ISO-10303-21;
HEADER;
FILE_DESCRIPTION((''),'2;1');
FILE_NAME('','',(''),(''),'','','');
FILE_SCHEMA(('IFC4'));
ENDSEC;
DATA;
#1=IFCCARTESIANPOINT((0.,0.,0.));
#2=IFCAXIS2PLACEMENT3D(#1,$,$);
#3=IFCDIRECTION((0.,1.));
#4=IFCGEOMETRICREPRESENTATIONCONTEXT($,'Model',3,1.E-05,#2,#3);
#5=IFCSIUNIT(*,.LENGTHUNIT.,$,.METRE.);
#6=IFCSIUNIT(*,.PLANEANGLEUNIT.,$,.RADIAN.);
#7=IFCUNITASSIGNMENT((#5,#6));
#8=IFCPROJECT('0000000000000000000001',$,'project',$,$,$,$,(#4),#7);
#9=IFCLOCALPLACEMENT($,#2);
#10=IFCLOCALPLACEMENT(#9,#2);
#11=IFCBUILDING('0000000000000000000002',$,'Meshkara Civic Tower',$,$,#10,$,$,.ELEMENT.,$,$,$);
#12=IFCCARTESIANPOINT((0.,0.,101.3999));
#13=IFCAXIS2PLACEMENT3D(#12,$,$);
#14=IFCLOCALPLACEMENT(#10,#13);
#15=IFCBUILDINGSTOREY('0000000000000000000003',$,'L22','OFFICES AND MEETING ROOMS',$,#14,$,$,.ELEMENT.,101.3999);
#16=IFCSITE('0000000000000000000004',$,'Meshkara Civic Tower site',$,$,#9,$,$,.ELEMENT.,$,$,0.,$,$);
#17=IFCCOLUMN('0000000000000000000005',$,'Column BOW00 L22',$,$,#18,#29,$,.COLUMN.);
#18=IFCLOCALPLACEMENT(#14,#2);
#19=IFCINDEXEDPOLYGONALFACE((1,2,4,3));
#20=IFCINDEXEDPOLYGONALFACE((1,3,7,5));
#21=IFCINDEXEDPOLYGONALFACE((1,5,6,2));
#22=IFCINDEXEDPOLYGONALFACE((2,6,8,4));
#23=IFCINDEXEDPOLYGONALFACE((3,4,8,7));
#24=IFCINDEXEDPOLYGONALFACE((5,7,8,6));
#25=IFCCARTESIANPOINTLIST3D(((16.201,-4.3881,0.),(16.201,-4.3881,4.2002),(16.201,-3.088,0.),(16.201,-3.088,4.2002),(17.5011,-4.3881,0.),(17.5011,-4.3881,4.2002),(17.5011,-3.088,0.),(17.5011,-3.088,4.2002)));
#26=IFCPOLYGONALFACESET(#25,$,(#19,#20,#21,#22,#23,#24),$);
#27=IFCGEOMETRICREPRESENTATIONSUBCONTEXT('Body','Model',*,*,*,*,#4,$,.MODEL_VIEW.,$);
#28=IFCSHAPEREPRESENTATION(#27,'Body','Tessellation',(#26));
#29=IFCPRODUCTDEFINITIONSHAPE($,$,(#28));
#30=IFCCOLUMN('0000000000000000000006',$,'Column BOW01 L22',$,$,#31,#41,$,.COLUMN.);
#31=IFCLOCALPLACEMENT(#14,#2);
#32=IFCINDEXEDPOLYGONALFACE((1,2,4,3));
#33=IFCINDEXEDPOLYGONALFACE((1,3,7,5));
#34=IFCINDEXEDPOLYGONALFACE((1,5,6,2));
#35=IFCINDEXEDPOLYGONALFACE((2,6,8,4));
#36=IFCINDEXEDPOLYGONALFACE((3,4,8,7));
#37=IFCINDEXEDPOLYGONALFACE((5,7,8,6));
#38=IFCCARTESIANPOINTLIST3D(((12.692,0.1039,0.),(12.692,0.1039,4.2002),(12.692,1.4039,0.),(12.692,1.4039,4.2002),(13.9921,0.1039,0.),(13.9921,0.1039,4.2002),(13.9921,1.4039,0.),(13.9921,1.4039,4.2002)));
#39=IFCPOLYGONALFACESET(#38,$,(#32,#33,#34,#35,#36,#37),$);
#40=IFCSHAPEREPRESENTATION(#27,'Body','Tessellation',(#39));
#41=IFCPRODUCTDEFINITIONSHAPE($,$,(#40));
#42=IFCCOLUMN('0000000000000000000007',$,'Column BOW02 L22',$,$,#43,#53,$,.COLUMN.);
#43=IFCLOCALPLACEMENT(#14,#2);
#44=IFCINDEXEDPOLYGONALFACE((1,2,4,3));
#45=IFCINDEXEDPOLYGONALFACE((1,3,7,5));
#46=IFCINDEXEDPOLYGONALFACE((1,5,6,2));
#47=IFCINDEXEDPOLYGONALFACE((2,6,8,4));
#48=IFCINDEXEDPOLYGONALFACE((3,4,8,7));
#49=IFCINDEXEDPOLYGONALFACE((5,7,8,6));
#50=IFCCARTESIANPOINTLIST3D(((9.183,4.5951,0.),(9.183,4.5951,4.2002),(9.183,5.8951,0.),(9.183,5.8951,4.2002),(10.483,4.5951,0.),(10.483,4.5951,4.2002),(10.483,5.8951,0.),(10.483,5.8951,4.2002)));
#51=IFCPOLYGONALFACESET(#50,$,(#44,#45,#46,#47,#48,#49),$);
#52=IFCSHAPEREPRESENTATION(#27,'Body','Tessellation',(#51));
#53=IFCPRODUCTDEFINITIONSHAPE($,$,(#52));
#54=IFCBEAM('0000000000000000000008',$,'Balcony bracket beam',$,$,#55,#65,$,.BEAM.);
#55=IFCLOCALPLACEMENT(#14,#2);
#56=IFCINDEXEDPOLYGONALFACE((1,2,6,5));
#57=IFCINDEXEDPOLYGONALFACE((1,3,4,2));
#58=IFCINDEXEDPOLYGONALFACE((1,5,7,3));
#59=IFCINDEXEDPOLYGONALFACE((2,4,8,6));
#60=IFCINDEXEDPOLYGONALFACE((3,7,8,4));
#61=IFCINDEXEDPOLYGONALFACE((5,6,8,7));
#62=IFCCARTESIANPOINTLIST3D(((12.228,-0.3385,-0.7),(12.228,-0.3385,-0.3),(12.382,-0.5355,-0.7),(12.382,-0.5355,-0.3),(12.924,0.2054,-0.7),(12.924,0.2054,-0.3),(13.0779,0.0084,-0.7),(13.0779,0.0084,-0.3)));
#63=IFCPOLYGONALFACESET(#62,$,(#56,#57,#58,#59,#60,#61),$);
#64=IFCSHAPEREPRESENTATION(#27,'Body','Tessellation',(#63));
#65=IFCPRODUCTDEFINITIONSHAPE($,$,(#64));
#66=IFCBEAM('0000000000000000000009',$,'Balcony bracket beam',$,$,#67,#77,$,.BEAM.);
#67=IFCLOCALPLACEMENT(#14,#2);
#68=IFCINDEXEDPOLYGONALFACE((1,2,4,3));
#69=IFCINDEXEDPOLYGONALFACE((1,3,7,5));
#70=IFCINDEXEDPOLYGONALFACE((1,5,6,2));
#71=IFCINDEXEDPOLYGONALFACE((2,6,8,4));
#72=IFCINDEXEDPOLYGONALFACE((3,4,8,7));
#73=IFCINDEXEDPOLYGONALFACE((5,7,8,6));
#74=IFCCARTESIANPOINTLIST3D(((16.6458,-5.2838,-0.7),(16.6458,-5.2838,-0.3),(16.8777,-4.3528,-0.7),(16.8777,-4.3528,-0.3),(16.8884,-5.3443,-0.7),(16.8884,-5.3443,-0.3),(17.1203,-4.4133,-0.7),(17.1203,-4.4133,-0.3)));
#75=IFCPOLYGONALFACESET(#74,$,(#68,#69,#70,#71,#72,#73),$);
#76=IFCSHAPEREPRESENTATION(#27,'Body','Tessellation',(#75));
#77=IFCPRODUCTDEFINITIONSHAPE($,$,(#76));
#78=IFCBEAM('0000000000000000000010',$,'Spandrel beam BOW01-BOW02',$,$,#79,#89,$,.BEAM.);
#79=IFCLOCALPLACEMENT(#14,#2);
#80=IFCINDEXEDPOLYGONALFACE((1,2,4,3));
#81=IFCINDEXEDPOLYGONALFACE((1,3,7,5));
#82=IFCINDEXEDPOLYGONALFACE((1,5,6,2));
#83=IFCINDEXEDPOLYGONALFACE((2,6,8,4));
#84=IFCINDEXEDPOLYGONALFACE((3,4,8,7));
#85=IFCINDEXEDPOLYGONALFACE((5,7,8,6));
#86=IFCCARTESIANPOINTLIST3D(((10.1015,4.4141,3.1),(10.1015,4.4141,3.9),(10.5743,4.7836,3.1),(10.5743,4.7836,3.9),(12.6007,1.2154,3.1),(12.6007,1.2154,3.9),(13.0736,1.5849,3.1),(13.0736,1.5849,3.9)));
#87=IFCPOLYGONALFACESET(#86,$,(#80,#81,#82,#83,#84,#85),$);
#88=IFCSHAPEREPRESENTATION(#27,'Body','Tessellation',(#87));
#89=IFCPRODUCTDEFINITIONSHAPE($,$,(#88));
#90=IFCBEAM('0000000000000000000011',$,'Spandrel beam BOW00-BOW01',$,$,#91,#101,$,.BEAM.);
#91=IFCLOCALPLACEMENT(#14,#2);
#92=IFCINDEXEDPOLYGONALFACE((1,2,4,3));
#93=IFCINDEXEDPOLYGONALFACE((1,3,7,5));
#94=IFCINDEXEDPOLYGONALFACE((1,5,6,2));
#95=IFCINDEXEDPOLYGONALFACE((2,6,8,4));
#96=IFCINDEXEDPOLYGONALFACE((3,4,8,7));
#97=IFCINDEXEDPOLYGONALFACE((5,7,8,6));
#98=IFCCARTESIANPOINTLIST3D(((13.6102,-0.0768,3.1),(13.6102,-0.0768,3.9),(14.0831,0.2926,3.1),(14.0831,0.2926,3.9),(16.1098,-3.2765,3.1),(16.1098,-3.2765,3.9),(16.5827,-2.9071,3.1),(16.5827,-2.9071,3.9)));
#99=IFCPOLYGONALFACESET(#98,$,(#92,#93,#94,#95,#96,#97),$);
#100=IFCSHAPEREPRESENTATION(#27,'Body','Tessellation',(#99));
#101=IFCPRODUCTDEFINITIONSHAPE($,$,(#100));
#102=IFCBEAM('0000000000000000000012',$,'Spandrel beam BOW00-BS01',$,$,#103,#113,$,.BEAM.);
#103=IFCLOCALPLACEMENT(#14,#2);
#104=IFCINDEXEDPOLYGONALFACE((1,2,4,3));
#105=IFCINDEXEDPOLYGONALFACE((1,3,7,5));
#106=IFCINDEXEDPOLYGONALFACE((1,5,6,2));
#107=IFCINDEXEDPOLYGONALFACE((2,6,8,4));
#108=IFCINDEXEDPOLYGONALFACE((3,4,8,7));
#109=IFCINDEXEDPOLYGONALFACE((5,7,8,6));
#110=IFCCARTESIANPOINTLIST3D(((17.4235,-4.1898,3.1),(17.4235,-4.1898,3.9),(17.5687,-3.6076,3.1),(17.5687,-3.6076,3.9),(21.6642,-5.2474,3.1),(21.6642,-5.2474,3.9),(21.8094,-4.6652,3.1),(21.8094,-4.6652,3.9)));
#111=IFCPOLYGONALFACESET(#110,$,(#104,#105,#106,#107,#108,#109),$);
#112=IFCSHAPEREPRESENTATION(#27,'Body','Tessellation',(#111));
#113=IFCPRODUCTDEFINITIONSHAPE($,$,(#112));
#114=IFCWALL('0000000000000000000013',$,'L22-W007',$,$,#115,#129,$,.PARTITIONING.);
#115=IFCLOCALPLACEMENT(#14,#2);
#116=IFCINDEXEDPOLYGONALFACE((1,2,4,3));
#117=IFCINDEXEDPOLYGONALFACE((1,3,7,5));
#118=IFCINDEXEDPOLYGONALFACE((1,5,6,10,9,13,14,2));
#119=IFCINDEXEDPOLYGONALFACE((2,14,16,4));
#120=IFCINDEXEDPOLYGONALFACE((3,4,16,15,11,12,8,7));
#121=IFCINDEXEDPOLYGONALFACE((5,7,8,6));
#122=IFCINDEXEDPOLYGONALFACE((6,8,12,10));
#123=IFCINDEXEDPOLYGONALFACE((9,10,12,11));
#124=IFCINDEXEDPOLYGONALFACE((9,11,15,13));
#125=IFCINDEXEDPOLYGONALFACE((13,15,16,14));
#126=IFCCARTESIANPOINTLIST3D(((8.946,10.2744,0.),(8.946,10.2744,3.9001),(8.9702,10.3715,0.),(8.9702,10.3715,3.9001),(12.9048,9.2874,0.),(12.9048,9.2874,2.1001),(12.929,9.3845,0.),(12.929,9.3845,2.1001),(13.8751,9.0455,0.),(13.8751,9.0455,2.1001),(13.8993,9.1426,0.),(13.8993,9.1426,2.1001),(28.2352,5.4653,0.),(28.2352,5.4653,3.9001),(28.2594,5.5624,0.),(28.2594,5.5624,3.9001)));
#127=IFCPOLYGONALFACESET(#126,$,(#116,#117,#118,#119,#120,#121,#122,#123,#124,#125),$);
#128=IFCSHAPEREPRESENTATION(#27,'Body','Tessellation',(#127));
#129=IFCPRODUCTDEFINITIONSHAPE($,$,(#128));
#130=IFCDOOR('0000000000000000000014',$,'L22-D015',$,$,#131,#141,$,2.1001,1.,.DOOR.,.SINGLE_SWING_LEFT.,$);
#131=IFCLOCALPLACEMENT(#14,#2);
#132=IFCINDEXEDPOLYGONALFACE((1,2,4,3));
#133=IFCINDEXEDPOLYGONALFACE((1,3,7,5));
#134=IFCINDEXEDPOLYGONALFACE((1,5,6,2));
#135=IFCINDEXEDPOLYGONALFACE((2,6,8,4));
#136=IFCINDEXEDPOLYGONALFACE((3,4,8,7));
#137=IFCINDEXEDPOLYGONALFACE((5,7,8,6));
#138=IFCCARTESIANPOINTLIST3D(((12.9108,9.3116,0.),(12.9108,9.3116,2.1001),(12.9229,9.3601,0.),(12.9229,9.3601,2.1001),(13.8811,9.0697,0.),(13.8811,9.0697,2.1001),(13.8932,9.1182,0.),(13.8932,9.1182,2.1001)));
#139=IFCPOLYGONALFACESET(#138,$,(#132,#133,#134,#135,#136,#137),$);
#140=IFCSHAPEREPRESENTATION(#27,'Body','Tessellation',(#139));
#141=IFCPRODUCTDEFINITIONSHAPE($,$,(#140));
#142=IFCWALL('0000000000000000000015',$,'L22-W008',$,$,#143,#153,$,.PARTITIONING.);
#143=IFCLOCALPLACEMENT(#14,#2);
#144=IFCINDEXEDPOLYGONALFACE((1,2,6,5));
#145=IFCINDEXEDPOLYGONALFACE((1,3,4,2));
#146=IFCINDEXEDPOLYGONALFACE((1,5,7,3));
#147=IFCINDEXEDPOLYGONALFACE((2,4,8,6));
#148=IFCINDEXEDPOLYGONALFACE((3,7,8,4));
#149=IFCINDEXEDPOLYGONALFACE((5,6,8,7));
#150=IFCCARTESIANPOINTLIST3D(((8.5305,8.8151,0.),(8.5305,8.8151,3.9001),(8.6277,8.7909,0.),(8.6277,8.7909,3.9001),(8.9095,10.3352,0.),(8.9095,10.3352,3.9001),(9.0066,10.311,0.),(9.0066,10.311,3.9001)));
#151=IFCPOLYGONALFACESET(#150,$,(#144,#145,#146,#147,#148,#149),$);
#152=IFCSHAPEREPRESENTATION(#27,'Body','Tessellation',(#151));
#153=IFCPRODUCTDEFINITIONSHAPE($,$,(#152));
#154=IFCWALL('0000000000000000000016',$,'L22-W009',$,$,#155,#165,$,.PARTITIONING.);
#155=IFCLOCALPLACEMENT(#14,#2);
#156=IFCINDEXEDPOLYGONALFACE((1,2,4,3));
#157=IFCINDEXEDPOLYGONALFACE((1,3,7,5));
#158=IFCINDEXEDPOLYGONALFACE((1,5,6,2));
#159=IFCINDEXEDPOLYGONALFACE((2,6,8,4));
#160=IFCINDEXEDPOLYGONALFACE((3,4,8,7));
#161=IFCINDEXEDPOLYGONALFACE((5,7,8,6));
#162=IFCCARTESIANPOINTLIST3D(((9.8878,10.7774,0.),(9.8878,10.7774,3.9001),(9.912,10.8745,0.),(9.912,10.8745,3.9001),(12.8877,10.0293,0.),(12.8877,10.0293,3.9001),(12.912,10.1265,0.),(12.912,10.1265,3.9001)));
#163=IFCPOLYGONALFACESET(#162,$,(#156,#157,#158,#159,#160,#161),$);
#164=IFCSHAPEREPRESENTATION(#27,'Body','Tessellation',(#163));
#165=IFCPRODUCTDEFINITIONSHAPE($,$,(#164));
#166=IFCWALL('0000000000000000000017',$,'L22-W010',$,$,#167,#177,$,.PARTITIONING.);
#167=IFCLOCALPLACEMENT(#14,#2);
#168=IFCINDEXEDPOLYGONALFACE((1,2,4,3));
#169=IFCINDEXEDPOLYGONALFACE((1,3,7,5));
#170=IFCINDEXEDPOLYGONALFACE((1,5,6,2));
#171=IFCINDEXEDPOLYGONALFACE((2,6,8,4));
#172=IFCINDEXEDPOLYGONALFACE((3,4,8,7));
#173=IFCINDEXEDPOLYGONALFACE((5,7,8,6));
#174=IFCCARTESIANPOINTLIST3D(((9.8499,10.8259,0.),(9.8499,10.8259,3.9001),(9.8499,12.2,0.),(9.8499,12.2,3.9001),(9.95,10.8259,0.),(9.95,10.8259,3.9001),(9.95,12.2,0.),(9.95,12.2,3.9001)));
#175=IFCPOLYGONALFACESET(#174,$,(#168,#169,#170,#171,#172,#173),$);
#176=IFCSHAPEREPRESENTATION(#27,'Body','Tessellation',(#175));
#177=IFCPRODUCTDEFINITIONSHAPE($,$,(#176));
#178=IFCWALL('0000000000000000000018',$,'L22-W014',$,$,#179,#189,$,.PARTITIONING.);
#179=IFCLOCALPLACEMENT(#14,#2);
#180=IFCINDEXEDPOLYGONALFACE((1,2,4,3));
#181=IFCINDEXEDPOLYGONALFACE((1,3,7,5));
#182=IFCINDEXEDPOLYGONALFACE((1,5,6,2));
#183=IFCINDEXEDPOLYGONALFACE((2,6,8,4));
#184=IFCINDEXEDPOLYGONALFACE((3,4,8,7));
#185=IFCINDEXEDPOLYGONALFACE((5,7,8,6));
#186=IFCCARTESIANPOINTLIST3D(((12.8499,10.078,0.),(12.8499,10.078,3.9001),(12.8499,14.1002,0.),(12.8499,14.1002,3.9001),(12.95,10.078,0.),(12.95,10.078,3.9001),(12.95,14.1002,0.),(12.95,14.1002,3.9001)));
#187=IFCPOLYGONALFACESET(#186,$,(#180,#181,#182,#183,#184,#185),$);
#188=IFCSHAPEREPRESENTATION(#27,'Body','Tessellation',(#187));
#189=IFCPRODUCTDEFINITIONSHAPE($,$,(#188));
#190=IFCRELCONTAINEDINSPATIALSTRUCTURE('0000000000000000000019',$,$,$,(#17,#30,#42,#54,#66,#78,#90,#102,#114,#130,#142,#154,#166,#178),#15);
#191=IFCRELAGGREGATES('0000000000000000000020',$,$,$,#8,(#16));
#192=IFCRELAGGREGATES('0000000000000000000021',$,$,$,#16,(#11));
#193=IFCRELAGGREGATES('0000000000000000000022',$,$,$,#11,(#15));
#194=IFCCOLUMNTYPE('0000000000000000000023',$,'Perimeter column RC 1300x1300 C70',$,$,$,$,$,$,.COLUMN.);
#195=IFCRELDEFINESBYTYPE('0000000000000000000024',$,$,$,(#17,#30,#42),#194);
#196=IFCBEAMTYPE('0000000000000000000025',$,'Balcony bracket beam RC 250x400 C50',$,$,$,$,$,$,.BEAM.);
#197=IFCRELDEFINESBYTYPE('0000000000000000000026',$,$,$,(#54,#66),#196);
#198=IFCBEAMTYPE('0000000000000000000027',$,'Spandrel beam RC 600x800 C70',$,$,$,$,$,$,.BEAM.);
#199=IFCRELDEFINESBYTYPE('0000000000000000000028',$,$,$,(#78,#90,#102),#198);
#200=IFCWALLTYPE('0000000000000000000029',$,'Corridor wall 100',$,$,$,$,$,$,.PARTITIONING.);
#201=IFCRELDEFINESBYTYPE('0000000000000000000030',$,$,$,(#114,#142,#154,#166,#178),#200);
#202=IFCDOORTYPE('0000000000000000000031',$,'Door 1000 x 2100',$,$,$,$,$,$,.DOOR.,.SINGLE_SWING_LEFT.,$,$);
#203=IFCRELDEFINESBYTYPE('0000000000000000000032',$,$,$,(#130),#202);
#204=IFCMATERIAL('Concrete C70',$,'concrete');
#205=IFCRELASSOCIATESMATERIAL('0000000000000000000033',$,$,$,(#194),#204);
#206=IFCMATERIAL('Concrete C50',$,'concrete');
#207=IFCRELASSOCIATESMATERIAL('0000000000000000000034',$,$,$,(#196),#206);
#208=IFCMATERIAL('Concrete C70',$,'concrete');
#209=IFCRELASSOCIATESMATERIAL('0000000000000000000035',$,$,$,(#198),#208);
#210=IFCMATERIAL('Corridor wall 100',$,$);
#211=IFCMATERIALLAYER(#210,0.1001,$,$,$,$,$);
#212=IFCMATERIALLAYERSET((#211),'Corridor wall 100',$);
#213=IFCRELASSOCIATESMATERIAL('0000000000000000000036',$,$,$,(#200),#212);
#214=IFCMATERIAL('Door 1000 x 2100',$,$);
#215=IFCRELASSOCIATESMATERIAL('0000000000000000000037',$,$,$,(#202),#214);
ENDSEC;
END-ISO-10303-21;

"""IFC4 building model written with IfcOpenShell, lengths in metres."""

from ifc_helpers import new_model, si_unit, direction, frame, frame_2d, origin, origin_2d, place, context, subcontext, project, spatial, rectangle, extrude, material, layer, layer_set, material_profile, profile_set, type_object, element, fill, save


model = new_model("IFC4")

# Units and contexts
model_context = context("Model", 3, precision=1e-05, world=origin(), true_north=direction((0.0, 1.0)))
body_context = subcontext(model_context, "Body", "Model", "MODEL_VIEW")
ifc_project = project(units=[si_unit("LENGTHUNIT", "METRE"), si_unit("PLANEANGLEUNIT", "RADIAN")], contexts=[model_context])

# Site, building, storey
site_placement = place(None, origin())
site = spatial("IfcSite", under=ifc_project, at=site_placement, Name="Meshkara Civic Tower site", CompositionType="ELEMENT", RefElevation=0.0)
building_placement = place(site_placement, origin())
building = spatial("IfcBuilding", under=site, at=building_placement, Name="Meshkara Civic Tower", CompositionType="ELEMENT")
storey_placement = place(building_placement, frame((0.0, 0.0, 101.3999)))
storey = spatial("IfcBuildingStorey", under=building, at=storey_placement, Name="L22", Description="OFFICES AND MEETING ROOMS", CompositionType="ELEMENT", Elevation=101.3999)

# Columns
ifc_material_1 = material(Name="Concrete C70", Category="concrete")
ifc_material_profile_1 = material_profile(ifc_material_1, rectangle(XDim=1.3, YDim=1.3, at=origin_2d()))
ifc_profile_set_1 = profile_set([ifc_material_profile_1], Name="Concrete C70")
column_type = type_object("IfcColumnType", Name="Perimeter column RC 1300x1300 C70", PredefinedType="COLUMN", material=ifc_profile_set_1)
for number, where, z_axis, x_axis, name in (
    (1, (16.8511, -3.738, 0.0), (0.0, 0.0, 1.0), (1.0, 0.0, 0.0), "Column BOW00 L22"),
    (2, (13.342, 0.7539, 0.0), (0.0, 0.0, 1.0), (1.0, 0.0, 0.0), "Column BOW01 L22"),
    (3, (9.833, 5.2451, 0.0), (0.0, 0.0, 1.0), (1.0, 0.0, 0.0), "Column BOW02 L22"),
):
    element("IfcColumn", number, at=place(storey_placement, frame(where, z_axis=z_axis, x_axis=x_axis)), inside=storey, type_object=column_type, Name=name, PredefinedType="COLUMN", context=body_context, shape_type="SweptSolid", body=[
        extrude(rectangle(XDim=1.3, YDim=1.3, at=origin_2d()), origin(), (0.0, 0.0, 1.0), 4.2002),
    ])

# Beams
ifc_material_2 = material(Name="Concrete C50", Category="concrete")
ifc_material_profile_2 = material_profile(ifc_material_2, rectangle(XDim=0.25, YDim=0.3999, at=origin_2d()))
ifc_profile_set_2 = profile_set([ifc_material_profile_2], Name="Concrete C50")
beam_type_1 = type_object("IfcBeamType", Name="Balcony bracket beam RC 250x400 C50", PredefinedType="BEAM", material=ifc_profile_set_2)
beam_1_placement = place(storey_placement, frame((13.001, 0.1069, -0.5), z_axis=(-0.787936, -0.615757, 0.0), x_axis=(0.615757, -0.787936, 0.0)))
element("IfcBeam", 4, at=beam_1_placement, inside=storey, type_object=beam_type_1, Name="Balcony bracket beam", PredefinedType="BEAM", context=body_context, shape_type="SweptSolid", body=[
    extrude(rectangle(XDim=0.25, YDim=0.3999, at=origin_2d()), origin(), (0.0, 0.0, 1.0), 0.8833),
])
beam_2_placement = place(storey_placement, frame((16.999, -4.3831, -0.5), z_axis=(-0.241757, -0.970337, 0.0), x_axis=(0.970337, -0.241757, 0.0)))
element("IfcBeam", 5, at=beam_2_placement, inside=storey, type_object=beam_type_1, Name="Balcony bracket beam", PredefinedType="BEAM", context=body_context, shape_type="SweptSolid", body=[
    extrude(rectangle(XDim=0.25, YDim=0.3999, at=origin_2d()), origin(), (0.0, 0.0, 1.0), 0.9595),
])
ifc_material_3 = material(Name="Concrete C70", Category="concrete")
ifc_material_profile_3 = material_profile(ifc_material_3, rectangle(XDim=0.6001, YDim=0.8, at=origin_2d()))
ifc_profile_set_3 = profile_set([ifc_material_profile_3], Name="Concrete C70")
beam_type_2 = type_object("IfcBeamType", Name="Spandrel beam RC 600x800 C70", PredefinedType="BEAM", material=ifc_profile_set_3)
beam_3_placement = place(storey_placement, frame((10.3379, 4.5989, 3.5), z_axis=(0.615684, -0.787993, 0.0), x_axis=(0.787993, 0.615684, 0.0)))
element("IfcBeam", 6, at=beam_3_placement, inside=storey, type_object=beam_type_2, Name="Spandrel beam BOW01-BOW02", PredefinedType="BEAM", context=body_context, shape_type="SweptSolid", body=[
    extrude(rectangle(XDim=0.6001, YDim=0.8, at=origin_2d()), origin(), (0.0, 0.0, 1.0), 4.0593),
])
beam_4_placement = place(storey_placement, frame((13.8467, 0.1079, 3.5), z_axis=(0.615604, -0.788055, 0.0), x_axis=(0.788055, 0.615604, 0.0)))
element("IfcBeam", 7, at=beam_4_placement, inside=storey, type_object=beam_type_2, Name="Spandrel beam BOW00-BOW01", PredefinedType="BEAM", context=body_context, shape_type="SweptSolid", body=[
    extrude(rectangle(XDim=0.6001, YDim=0.8, at=origin_2d()), origin(), (0.0, 0.0, 1.0), 4.0603),
])
beam_5_placement = place(storey_placement, frame((17.4961, -3.8987, 3.5), z_axis=(0.97028, -0.241984, 0.0), x_axis=(0.241984, 0.97028, 0.0)))
element("IfcBeam", 8, at=beam_5_placement, inside=storey, type_object=beam_type_2, Name="Spandrel beam BOW00-BS01", PredefinedType="BEAM", context=body_context, shape_type="SweptSolid", body=[
    extrude(rectangle(XDim=0.6001, YDim=0.8, at=origin_2d()), origin(), (0.0, 0.0, 1.0), 4.3706),
])

# Wall, opening, door
ifc_material_4 = material(Name="Corridor wall 100")
ifc_layer_1 = layer(ifc_material_4, 0.1001)
ifc_layer_set_1 = layer_set([ifc_layer_1], Name="Corridor wall 100")
wall_type_1 = type_object("IfcWallType", Name="Corridor wall 100", PredefinedType="PARTITIONING", material=ifc_layer_set_1)
wall_1_placement = place(storey_placement, frame((8.958, 10.323, 0.0), z_axis=(0.0, 0.0, 1.0), x_axis=(0.970298, -0.241911, 0.0)))
wall_1 = element("IfcWall", 9, at=wall_1_placement, inside=storey, type_object=wall_type_1, Name="L22-W007", PredefinedType="PARTITIONING", context=body_context, shape_type="SweptSolid", body=[
    extrude(rectangle(XDim=19.8796, YDim=0.1001, at=frame_2d((9.9399, 0.0))), origin(), (0.0, 0.0, 1.0), 3.9001),
])
opening_1_placement = place(wall_1_placement, frame((4.0801, 0.0, 0.0)))
opening_1 = element("IfcOpeningElement", 10, at=opening_1_placement, cuts=wall_1, PredefinedType="OPENING", context=body_context, shape_type="SweptSolid", body=[
    extrude(rectangle(XDim=1.0, YDim=2.1001, at=frame_2d((0.5, 1.05))), frame((0.0, 0.0601, 0.0), z_axis=(0.0, -1.0, 0.0), x_axis=(1.0, 0.0, 0.0)), (0.0, 0.0, 1.0), 0.1201),
])
ifc_material_5 = material(Name="Door 1000 x 2100")
door_type_1 = type_object("IfcDoorType", Name="Door 1000 x 2100", OperationType="SINGLE_SWING_LEFT", PredefinedType="DOOR", material=ifc_material_5)
door_1_placement = place(opening_1_placement, origin())
door_1 = element("IfcDoor", 11, at=door_1_placement, inside=storey, type_object=door_type_1, Name="L22-D015", OperationType="SINGLE_SWING_LEFT", OverallHeight=2.1001, OverallWidth=1.0, PredefinedType="DOOR", context=body_context, shape_type="SweptSolid", body=[
    extrude(rectangle(XDim=1.0, YDim=2.1001, at=frame_2d((0.5, 1.05))), frame((0.0, 0.0249, 0.0), z_axis=(0.0, -1.0, 0.0), x_axis=(1.0, 0.0, 0.0)), (0.0, 0.0, 1.0), 0.05),
])
fill(opening_1, door_1)

# Walls
wall_2_placement = place(storey_placement, frame((8.958, 10.323, 0.0), z_axis=(0.0, 0.0, 1.0), x_axis=(-0.241876, -0.970307, 0.0)))
element("IfcWall", 12, at=wall_2_placement, inside=storey, type_object=wall_type_1, Name="L22-W008", PredefinedType="PARTITIONING", context=body_context, shape_type="SweptSolid", body=[
    extrude(rectangle(XDim=1.5667, YDim=0.1001, at=frame_2d((0.7832, 0.0))), origin(), (0.0, 0.0, 1.0), 3.9001),
])
wall_3_placement = place(storey_placement, frame((9.8999, 10.8259, 0.0), z_axis=(0.0, 0.0, 1.0), x_axis=(0.970291, -0.241941, 0.0)))
element("IfcWall", 13, at=wall_3_placement, inside=storey, type_object=wall_type_1, Name="L22-W009", PredefinedType="PARTITIONING", context=body_context, shape_type="SweptSolid", body=[
    extrude(rectangle(XDim=3.0918, YDim=0.1001, at=frame_2d((1.5459, 0.0))), origin(), (0.0, 0.0, 1.0), 3.9001),
])
wall_4_placement = place(storey_placement, frame((9.8999, 12.2, 0.0), z_axis=(0.0, 0.0, 1.0), x_axis=(0.0, -1.0, 0.0)))
element("IfcWall", 14, at=wall_4_placement, inside=storey, type_object=wall_type_1, Name="L22-W010", PredefinedType="PARTITIONING", context=body_context, shape_type="SweptSolid", body=[
    extrude(rectangle(XDim=1.374, YDim=0.1001, at=frame_2d((0.687, 0.0))), origin(), (0.0, 0.0, 1.0), 3.9001),
])
wall_5_placement = place(storey_placement, frame((12.8999, 10.0779, 0.0), z_axis=(0.0, 0.0, 1.0), x_axis=(0.0, 1.0, 0.0)))
element("IfcWall", 15, at=wall_5_placement, inside=storey, type_object=wall_type_1, Name="L22-W014", PredefinedType="PARTITIONING", context=body_context, shape_type="SweptSolid", body=[
    extrude(rectangle(XDim=4.0222, YDim=0.1001, at=frame_2d((2.0112, 0.0))), origin(), (0.0, 0.0, 1.0), 3.9001),
])

save(model, "model.ifc")
